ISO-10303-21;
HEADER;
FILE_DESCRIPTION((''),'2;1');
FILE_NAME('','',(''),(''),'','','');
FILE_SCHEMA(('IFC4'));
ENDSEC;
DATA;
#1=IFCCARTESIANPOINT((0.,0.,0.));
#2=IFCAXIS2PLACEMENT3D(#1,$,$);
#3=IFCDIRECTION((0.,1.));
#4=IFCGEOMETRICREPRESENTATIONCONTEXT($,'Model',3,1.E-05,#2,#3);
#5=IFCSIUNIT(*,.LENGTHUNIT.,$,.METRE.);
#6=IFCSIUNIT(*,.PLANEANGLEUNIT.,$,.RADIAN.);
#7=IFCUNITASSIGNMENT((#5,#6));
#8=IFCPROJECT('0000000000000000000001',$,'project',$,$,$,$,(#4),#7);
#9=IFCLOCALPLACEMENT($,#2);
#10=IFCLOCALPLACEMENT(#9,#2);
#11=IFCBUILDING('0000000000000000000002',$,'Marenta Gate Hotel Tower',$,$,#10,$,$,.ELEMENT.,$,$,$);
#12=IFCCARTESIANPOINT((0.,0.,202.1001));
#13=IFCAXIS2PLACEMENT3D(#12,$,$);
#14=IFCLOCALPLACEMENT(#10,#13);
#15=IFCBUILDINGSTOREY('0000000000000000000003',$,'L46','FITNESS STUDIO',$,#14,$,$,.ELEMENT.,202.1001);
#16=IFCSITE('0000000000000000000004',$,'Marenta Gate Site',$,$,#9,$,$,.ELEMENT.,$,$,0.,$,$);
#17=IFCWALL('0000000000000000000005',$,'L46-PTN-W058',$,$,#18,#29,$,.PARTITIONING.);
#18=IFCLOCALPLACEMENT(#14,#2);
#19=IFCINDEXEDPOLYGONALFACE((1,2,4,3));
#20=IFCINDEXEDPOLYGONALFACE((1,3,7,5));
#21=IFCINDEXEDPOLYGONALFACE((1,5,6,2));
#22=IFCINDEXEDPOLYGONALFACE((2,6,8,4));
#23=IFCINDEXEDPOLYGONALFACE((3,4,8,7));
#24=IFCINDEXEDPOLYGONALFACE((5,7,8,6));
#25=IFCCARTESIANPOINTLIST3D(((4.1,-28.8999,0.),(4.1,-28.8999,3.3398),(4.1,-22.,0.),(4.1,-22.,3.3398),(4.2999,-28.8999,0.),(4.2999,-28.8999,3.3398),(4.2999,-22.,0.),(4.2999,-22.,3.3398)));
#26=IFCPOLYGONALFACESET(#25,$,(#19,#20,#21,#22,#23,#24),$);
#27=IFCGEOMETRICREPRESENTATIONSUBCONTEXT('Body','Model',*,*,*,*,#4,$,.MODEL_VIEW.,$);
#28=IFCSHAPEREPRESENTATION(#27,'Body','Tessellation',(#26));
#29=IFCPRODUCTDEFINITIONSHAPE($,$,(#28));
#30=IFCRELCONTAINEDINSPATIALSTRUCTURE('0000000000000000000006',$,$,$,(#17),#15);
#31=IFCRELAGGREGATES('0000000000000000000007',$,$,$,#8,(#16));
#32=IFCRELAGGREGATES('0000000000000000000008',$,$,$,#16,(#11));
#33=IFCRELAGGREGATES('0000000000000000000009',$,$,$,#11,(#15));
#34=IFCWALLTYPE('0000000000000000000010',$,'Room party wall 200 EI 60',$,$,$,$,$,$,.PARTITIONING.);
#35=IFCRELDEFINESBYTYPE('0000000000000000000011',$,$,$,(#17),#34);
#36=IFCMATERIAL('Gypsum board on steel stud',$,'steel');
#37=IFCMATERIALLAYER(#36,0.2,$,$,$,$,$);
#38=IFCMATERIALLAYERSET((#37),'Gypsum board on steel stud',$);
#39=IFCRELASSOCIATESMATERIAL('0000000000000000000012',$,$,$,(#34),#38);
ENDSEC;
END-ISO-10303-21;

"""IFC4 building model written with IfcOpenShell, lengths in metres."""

from ifc_helpers import new_model, si_unit, direction, frame, frame_2d, origin, place, context, subcontext, project, spatial, rectangle, extrude, material, layer, layer_set, type_object, element, save


model = new_model("IFC4")

# Units and contexts
model_context = context("Model", 3, precision=1e-05, world=origin(), true_north=direction((0.0, 1.0)))
body_context = subcontext(model_context, "Body", "Model", "MODEL_VIEW")
ifc_project = project(units=[si_unit("LENGTHUNIT", "METRE"), si_unit("PLANEANGLEUNIT", "RADIAN")], contexts=[model_context])

# Site, building, storey
site_placement = place(None, origin())
site = spatial("IfcSite", under=ifc_project, at=site_placement, Name="Marenta Gate Site", CompositionType="ELEMENT", RefElevation=0.0)
building_placement = place(site_placement, origin())
building = spatial("IfcBuilding", under=site, at=building_placement, Name="Marenta Gate Hotel Tower", CompositionType="ELEMENT")
storey_placement = place(building_placement, frame((0.0, 0.0, 202.1001)))
storey = spatial("IfcBuildingStorey", under=building, at=storey_placement, Name="L46", Description="FITNESS STUDIO", CompositionType="ELEMENT", Elevation=202.1001)

# Wall
ifc_material_1 = material(Name="Gypsum board on steel stud", Category="steel")
ifc_layer_1 = layer(ifc_material_1, 0.2)
ifc_layer_set_1 = layer_set([ifc_layer_1], Name="Gypsum board on steel stud")
wall_type_1 = type_object("IfcWallType", Name="Room party wall 200 EI 60", PredefinedType="PARTITIONING", material=ifc_layer_set_1)
wall_1_placement = place(storey_placement, frame((4.2, -28.8999, 0.0), z_axis=(0.0, 0.0, 1.0), x_axis=(0.0, 1.0, 0.0)))
element("IfcWall", 1, at=wall_1_placement, inside=storey, type_object=wall_type_1, Name="L46-PTN-W058", PredefinedType="PARTITIONING", context=body_context, shape_type="SweptSolid", body=[
    extrude(rectangle(XDim=6.8999, YDim=0.2, at=frame_2d((3.45, 0.0))), origin(), (0.0, 0.0, 1.0), 3.3398),
])

save(model, "model.ifc")
